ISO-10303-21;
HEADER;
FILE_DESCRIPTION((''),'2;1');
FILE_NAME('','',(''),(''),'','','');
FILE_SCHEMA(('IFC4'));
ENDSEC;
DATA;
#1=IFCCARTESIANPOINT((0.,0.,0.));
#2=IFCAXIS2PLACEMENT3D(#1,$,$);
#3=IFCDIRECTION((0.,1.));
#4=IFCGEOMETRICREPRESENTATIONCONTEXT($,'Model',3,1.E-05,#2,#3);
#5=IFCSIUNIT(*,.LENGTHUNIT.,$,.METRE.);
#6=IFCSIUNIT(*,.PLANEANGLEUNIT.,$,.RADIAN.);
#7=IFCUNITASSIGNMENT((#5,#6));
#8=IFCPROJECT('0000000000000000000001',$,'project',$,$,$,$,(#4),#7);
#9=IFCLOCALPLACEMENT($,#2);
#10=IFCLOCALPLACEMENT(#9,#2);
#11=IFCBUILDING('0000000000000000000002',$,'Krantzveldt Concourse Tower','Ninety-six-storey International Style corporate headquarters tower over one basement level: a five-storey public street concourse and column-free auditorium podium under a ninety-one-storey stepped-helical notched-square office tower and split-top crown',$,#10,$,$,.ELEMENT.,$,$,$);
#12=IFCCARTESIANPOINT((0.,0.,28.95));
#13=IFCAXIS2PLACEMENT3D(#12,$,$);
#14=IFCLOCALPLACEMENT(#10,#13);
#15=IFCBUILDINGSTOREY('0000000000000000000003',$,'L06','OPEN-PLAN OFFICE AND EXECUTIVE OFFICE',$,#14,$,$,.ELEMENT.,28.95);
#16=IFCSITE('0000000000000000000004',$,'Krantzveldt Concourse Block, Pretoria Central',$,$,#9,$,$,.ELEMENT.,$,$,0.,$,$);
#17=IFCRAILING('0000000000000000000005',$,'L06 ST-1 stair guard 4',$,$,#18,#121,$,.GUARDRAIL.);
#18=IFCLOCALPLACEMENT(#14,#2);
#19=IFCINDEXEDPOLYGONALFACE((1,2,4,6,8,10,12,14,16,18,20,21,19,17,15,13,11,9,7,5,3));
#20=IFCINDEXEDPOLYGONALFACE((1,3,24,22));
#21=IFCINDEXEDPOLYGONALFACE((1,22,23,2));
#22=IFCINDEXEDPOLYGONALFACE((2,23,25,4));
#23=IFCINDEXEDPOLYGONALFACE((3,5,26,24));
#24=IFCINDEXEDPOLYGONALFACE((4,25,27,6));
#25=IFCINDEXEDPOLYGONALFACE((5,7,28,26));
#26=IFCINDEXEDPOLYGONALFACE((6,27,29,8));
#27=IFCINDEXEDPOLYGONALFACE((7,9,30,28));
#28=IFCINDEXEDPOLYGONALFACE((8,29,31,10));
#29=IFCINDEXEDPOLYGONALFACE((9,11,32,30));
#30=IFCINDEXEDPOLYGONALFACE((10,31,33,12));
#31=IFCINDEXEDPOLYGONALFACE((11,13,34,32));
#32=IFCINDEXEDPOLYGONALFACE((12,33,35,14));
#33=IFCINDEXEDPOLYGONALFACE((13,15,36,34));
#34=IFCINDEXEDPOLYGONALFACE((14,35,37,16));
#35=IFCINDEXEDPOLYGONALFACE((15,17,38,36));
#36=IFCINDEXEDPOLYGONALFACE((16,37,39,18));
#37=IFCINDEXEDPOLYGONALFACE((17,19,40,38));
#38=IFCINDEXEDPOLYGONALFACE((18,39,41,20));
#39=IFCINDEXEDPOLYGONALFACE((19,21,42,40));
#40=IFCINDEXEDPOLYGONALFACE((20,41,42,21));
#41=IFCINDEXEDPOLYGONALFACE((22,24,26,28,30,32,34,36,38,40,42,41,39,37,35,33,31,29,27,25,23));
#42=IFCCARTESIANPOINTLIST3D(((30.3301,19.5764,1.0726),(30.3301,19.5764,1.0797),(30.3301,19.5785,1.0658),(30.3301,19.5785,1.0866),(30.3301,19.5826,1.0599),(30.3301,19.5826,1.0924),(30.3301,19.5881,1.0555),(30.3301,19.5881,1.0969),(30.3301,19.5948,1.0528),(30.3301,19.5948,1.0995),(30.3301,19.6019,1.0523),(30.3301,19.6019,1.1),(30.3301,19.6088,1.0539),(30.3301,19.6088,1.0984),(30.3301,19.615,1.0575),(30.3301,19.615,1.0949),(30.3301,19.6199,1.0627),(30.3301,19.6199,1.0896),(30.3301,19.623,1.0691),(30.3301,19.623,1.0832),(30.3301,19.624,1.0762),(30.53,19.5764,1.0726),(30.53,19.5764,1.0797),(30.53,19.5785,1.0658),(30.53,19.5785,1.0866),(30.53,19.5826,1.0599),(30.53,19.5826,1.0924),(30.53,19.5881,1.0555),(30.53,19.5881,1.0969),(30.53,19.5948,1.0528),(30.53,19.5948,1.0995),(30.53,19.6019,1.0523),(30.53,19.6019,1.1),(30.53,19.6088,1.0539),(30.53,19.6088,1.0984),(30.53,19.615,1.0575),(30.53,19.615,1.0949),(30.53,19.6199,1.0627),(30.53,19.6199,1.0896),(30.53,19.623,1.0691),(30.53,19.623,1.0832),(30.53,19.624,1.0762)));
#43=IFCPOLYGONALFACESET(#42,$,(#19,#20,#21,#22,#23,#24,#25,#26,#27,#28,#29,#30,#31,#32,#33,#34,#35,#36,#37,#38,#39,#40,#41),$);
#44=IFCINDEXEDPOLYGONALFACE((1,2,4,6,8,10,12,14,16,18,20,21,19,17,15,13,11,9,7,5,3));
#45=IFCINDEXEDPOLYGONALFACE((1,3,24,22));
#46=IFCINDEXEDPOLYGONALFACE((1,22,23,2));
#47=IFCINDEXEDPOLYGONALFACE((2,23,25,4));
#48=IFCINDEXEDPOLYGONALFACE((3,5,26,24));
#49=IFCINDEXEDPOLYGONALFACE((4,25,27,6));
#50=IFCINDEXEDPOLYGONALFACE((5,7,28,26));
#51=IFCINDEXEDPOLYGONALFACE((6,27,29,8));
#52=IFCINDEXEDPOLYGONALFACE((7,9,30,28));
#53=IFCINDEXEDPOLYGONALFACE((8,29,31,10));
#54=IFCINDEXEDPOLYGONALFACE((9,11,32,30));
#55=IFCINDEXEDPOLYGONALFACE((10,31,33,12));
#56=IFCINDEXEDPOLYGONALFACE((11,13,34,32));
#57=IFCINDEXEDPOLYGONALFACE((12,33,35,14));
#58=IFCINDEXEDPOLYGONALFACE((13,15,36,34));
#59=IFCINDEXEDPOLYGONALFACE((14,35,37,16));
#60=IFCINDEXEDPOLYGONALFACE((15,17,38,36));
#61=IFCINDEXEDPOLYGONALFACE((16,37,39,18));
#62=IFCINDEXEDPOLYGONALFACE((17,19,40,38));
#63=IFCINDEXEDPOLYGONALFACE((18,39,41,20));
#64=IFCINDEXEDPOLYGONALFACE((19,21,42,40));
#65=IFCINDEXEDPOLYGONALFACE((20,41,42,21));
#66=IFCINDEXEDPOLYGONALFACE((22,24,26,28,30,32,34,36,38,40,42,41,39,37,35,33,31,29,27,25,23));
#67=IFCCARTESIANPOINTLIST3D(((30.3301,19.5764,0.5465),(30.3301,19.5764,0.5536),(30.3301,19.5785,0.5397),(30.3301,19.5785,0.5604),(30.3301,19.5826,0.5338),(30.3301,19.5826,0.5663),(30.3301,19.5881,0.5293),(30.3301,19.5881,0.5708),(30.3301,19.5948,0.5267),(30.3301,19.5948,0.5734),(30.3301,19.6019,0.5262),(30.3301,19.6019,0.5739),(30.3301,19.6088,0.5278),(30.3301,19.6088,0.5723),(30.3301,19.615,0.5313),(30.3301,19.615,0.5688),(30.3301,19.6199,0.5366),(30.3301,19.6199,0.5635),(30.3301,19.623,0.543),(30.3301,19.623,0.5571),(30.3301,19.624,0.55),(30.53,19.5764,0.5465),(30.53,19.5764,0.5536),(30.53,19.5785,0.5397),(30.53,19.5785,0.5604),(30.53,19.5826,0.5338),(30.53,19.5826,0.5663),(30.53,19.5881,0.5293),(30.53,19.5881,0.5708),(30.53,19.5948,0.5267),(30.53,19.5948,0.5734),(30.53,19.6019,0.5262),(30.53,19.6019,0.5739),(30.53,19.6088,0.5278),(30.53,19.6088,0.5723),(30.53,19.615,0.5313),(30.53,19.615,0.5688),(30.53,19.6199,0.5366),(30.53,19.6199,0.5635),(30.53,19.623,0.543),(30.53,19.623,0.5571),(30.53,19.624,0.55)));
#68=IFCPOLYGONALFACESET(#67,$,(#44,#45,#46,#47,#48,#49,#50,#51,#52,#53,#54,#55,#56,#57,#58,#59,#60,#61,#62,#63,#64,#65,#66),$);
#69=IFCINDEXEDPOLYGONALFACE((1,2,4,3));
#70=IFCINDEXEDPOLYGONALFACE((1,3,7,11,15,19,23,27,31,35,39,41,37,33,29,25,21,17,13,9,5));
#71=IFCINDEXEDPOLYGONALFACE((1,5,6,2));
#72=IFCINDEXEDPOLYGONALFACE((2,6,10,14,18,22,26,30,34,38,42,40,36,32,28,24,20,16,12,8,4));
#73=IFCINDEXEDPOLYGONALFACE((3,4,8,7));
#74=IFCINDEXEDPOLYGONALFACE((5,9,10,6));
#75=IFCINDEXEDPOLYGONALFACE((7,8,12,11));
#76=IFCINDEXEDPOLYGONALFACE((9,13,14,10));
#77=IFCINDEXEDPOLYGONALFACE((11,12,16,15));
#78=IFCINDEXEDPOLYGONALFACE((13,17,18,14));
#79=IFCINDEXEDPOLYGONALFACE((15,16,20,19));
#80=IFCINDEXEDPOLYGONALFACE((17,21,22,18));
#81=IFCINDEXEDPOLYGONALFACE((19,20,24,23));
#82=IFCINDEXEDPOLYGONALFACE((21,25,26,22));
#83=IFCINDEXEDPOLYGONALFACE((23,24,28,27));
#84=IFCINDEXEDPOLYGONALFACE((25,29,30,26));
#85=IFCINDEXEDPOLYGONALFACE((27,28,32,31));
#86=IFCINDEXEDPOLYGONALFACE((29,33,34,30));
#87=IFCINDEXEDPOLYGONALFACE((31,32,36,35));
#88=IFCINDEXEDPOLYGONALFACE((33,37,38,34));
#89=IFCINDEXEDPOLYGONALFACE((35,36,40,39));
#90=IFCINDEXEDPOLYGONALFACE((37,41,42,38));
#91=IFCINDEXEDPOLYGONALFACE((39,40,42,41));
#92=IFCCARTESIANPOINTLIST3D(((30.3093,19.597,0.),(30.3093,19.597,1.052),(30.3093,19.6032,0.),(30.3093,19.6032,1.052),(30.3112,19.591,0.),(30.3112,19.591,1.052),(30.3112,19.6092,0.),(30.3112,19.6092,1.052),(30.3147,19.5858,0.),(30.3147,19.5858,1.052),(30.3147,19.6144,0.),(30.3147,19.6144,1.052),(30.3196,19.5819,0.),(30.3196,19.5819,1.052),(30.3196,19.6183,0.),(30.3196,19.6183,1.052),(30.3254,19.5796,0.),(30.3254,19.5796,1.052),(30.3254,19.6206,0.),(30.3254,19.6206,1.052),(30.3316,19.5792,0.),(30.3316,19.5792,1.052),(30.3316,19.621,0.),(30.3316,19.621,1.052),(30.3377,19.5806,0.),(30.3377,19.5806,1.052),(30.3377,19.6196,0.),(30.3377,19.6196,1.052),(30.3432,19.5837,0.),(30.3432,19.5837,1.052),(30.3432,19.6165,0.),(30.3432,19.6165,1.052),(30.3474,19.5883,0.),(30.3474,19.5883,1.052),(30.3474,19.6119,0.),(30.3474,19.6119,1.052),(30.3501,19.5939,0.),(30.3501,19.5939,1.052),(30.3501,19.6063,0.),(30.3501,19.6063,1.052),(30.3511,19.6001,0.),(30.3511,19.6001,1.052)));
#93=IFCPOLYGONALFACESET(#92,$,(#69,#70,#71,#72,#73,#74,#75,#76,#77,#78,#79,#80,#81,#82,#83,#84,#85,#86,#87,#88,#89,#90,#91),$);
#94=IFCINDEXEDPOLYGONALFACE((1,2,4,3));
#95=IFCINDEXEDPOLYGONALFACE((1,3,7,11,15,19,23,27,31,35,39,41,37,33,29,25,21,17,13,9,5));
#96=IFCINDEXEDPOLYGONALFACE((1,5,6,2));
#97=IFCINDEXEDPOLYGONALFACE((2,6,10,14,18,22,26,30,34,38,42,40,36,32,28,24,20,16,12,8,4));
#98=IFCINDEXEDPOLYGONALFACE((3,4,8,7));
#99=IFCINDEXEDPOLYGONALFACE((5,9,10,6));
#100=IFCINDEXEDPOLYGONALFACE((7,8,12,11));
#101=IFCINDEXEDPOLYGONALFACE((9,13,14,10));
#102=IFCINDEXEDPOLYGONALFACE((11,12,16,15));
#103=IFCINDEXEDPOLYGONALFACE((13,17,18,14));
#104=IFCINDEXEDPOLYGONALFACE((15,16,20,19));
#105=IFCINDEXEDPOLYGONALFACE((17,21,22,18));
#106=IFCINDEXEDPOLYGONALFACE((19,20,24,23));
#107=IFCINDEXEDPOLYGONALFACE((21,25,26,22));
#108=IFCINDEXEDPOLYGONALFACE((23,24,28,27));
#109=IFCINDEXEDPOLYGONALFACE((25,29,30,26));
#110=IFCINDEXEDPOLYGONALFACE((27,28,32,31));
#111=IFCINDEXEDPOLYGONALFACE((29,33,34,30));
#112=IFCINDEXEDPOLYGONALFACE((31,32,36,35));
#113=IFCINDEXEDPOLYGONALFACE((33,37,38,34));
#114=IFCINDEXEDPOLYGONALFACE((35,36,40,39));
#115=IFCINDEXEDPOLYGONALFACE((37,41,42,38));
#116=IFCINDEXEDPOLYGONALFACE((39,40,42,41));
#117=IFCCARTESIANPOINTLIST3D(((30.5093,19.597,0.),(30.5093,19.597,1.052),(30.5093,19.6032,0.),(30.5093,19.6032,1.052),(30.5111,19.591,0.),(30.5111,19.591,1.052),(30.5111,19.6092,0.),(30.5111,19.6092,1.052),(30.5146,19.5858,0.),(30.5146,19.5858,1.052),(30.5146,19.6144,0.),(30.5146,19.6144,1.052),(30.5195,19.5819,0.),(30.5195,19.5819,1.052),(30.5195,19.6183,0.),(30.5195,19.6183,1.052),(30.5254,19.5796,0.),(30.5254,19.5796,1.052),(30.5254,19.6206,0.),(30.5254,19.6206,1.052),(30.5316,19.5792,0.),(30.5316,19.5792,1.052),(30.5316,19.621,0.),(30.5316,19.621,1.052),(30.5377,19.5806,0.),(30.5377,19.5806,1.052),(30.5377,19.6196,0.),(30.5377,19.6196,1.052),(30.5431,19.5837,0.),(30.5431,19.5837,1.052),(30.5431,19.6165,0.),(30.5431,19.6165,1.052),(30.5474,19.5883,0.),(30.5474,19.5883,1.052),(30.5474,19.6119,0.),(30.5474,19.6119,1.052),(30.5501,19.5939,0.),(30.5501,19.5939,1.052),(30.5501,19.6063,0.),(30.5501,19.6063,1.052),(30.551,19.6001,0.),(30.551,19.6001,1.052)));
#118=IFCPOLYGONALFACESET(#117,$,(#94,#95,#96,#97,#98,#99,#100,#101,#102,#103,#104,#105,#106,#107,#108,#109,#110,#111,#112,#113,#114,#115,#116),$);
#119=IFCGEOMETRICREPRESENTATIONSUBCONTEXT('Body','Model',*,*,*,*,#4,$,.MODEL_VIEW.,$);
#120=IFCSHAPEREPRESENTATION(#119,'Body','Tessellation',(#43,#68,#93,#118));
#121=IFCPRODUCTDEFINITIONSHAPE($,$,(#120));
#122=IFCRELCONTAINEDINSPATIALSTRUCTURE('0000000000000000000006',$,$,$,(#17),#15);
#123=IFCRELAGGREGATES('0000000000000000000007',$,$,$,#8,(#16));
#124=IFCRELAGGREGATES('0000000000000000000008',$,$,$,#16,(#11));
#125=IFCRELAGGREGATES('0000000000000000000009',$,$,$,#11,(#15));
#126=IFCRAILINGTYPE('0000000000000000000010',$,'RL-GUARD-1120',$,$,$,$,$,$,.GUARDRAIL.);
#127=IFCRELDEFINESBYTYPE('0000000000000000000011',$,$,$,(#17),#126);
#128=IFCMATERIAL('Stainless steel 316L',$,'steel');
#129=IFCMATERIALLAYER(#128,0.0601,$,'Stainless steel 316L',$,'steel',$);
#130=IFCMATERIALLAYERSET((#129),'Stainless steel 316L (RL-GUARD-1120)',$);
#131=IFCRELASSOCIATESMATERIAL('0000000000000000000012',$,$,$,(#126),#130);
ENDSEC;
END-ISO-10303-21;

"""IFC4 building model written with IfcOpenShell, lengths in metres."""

from ifc_helpers import new_model, si_unit, direction, frame, origin, origin_2d, place, context, subcontext, project, spatial, circle, extrude, material, layer, layer_set, type_object, element, save


model = new_model("IFC4")

# Units and contexts
model_context = context("Model", 3, precision=1e-05, world=origin(), true_north=direction((0.0, 1.0)))
body_context = subcontext(model_context, "Body", "Model", "MODEL_VIEW")
ifc_project = project(units=[si_unit("LENGTHUNIT", "METRE"), si_unit("PLANEANGLEUNIT", "RADIAN")], contexts=[model_context])

# Site, building, storey
site_placement = place(None, origin())
site = spatial("IfcSite", under=ifc_project, at=site_placement, Name="Krantzveldt Concourse Block, Pretoria Central", CompositionType="ELEMENT", RefElevation=0.0)
building_placement = place(site_placement, origin())
building = spatial("IfcBuilding", under=site, at=building_placement, Name="Krantzveldt Concourse Tower", Description="Ninety-six-storey International Style corporate headquarters tower over one basement level: a five-storey public street concourse and column-free auditorium podium under a ninety-one-storey stepped-helical notched-square office tower and split-top crown", CompositionType="ELEMENT")
storey_placement = place(building_placement, frame((0.0, 0.0, 28.95)))
storey = spatial("IfcBuildingStorey", under=building, at=storey_placement, Name="L06", Description="OPEN-PLAN OFFICE AND EXECUTIVE OFFICE", CompositionType="ELEMENT", Elevation=28.95)

# Railing
ifc_material_1 = material(Name="Stainless steel 316L", Category="steel")
ifc_layer_1 = layer(ifc_material_1, 0.0601, Name="Stainless steel 316L", Category="steel")
ifc_layer_set_1 = layer_set([ifc_layer_1], Name="Stainless steel 316L (RL-GUARD-1120)")
railing_type_1 = type_object("IfcRailingType", Name="RL-GUARD-1120", PredefinedType="GUARDRAIL", material=ifc_layer_set_1)
railing_1_placement = place(storey_placement, frame((30.3301, 19.6001, 0.0)))
element("IfcRailing", 1, at=railing_1_placement, inside=storey, type_object=railing_type_1, Name="L06 ST-1 stair guard 4", PredefinedType="GUARDRAIL", context=body_context, shape_type="SweptSolid", body=[
    extrude(circle(Radius=0.0239, at=origin_2d()), frame((0.0, 0.0, 1.0762), z_axis=(1.0, 0.0, 0.0), x_axis=(0.0, 1.0, 0.0)), (0.0, 0.0, 1.0), 0.2),
    extrude(circle(Radius=0.0239, at=origin_2d()), frame((0.0, 0.0, 0.55), z_axis=(1.0, 0.0, 0.0), x_axis=(0.0, 1.0, 0.0)), (0.0, 0.0, 1.0), 0.2),
    extrude(circle(Radius=0.021, at=origin_2d()), origin(), (0.0, 0.0, 1.0), 1.052),
    extrude(circle(Radius=0.021, at=origin_2d()), frame((0.2, 0.0, 0.0)), (0.0, 0.0, 1.0), 1.052),
])

save(model, "model.ifc")
